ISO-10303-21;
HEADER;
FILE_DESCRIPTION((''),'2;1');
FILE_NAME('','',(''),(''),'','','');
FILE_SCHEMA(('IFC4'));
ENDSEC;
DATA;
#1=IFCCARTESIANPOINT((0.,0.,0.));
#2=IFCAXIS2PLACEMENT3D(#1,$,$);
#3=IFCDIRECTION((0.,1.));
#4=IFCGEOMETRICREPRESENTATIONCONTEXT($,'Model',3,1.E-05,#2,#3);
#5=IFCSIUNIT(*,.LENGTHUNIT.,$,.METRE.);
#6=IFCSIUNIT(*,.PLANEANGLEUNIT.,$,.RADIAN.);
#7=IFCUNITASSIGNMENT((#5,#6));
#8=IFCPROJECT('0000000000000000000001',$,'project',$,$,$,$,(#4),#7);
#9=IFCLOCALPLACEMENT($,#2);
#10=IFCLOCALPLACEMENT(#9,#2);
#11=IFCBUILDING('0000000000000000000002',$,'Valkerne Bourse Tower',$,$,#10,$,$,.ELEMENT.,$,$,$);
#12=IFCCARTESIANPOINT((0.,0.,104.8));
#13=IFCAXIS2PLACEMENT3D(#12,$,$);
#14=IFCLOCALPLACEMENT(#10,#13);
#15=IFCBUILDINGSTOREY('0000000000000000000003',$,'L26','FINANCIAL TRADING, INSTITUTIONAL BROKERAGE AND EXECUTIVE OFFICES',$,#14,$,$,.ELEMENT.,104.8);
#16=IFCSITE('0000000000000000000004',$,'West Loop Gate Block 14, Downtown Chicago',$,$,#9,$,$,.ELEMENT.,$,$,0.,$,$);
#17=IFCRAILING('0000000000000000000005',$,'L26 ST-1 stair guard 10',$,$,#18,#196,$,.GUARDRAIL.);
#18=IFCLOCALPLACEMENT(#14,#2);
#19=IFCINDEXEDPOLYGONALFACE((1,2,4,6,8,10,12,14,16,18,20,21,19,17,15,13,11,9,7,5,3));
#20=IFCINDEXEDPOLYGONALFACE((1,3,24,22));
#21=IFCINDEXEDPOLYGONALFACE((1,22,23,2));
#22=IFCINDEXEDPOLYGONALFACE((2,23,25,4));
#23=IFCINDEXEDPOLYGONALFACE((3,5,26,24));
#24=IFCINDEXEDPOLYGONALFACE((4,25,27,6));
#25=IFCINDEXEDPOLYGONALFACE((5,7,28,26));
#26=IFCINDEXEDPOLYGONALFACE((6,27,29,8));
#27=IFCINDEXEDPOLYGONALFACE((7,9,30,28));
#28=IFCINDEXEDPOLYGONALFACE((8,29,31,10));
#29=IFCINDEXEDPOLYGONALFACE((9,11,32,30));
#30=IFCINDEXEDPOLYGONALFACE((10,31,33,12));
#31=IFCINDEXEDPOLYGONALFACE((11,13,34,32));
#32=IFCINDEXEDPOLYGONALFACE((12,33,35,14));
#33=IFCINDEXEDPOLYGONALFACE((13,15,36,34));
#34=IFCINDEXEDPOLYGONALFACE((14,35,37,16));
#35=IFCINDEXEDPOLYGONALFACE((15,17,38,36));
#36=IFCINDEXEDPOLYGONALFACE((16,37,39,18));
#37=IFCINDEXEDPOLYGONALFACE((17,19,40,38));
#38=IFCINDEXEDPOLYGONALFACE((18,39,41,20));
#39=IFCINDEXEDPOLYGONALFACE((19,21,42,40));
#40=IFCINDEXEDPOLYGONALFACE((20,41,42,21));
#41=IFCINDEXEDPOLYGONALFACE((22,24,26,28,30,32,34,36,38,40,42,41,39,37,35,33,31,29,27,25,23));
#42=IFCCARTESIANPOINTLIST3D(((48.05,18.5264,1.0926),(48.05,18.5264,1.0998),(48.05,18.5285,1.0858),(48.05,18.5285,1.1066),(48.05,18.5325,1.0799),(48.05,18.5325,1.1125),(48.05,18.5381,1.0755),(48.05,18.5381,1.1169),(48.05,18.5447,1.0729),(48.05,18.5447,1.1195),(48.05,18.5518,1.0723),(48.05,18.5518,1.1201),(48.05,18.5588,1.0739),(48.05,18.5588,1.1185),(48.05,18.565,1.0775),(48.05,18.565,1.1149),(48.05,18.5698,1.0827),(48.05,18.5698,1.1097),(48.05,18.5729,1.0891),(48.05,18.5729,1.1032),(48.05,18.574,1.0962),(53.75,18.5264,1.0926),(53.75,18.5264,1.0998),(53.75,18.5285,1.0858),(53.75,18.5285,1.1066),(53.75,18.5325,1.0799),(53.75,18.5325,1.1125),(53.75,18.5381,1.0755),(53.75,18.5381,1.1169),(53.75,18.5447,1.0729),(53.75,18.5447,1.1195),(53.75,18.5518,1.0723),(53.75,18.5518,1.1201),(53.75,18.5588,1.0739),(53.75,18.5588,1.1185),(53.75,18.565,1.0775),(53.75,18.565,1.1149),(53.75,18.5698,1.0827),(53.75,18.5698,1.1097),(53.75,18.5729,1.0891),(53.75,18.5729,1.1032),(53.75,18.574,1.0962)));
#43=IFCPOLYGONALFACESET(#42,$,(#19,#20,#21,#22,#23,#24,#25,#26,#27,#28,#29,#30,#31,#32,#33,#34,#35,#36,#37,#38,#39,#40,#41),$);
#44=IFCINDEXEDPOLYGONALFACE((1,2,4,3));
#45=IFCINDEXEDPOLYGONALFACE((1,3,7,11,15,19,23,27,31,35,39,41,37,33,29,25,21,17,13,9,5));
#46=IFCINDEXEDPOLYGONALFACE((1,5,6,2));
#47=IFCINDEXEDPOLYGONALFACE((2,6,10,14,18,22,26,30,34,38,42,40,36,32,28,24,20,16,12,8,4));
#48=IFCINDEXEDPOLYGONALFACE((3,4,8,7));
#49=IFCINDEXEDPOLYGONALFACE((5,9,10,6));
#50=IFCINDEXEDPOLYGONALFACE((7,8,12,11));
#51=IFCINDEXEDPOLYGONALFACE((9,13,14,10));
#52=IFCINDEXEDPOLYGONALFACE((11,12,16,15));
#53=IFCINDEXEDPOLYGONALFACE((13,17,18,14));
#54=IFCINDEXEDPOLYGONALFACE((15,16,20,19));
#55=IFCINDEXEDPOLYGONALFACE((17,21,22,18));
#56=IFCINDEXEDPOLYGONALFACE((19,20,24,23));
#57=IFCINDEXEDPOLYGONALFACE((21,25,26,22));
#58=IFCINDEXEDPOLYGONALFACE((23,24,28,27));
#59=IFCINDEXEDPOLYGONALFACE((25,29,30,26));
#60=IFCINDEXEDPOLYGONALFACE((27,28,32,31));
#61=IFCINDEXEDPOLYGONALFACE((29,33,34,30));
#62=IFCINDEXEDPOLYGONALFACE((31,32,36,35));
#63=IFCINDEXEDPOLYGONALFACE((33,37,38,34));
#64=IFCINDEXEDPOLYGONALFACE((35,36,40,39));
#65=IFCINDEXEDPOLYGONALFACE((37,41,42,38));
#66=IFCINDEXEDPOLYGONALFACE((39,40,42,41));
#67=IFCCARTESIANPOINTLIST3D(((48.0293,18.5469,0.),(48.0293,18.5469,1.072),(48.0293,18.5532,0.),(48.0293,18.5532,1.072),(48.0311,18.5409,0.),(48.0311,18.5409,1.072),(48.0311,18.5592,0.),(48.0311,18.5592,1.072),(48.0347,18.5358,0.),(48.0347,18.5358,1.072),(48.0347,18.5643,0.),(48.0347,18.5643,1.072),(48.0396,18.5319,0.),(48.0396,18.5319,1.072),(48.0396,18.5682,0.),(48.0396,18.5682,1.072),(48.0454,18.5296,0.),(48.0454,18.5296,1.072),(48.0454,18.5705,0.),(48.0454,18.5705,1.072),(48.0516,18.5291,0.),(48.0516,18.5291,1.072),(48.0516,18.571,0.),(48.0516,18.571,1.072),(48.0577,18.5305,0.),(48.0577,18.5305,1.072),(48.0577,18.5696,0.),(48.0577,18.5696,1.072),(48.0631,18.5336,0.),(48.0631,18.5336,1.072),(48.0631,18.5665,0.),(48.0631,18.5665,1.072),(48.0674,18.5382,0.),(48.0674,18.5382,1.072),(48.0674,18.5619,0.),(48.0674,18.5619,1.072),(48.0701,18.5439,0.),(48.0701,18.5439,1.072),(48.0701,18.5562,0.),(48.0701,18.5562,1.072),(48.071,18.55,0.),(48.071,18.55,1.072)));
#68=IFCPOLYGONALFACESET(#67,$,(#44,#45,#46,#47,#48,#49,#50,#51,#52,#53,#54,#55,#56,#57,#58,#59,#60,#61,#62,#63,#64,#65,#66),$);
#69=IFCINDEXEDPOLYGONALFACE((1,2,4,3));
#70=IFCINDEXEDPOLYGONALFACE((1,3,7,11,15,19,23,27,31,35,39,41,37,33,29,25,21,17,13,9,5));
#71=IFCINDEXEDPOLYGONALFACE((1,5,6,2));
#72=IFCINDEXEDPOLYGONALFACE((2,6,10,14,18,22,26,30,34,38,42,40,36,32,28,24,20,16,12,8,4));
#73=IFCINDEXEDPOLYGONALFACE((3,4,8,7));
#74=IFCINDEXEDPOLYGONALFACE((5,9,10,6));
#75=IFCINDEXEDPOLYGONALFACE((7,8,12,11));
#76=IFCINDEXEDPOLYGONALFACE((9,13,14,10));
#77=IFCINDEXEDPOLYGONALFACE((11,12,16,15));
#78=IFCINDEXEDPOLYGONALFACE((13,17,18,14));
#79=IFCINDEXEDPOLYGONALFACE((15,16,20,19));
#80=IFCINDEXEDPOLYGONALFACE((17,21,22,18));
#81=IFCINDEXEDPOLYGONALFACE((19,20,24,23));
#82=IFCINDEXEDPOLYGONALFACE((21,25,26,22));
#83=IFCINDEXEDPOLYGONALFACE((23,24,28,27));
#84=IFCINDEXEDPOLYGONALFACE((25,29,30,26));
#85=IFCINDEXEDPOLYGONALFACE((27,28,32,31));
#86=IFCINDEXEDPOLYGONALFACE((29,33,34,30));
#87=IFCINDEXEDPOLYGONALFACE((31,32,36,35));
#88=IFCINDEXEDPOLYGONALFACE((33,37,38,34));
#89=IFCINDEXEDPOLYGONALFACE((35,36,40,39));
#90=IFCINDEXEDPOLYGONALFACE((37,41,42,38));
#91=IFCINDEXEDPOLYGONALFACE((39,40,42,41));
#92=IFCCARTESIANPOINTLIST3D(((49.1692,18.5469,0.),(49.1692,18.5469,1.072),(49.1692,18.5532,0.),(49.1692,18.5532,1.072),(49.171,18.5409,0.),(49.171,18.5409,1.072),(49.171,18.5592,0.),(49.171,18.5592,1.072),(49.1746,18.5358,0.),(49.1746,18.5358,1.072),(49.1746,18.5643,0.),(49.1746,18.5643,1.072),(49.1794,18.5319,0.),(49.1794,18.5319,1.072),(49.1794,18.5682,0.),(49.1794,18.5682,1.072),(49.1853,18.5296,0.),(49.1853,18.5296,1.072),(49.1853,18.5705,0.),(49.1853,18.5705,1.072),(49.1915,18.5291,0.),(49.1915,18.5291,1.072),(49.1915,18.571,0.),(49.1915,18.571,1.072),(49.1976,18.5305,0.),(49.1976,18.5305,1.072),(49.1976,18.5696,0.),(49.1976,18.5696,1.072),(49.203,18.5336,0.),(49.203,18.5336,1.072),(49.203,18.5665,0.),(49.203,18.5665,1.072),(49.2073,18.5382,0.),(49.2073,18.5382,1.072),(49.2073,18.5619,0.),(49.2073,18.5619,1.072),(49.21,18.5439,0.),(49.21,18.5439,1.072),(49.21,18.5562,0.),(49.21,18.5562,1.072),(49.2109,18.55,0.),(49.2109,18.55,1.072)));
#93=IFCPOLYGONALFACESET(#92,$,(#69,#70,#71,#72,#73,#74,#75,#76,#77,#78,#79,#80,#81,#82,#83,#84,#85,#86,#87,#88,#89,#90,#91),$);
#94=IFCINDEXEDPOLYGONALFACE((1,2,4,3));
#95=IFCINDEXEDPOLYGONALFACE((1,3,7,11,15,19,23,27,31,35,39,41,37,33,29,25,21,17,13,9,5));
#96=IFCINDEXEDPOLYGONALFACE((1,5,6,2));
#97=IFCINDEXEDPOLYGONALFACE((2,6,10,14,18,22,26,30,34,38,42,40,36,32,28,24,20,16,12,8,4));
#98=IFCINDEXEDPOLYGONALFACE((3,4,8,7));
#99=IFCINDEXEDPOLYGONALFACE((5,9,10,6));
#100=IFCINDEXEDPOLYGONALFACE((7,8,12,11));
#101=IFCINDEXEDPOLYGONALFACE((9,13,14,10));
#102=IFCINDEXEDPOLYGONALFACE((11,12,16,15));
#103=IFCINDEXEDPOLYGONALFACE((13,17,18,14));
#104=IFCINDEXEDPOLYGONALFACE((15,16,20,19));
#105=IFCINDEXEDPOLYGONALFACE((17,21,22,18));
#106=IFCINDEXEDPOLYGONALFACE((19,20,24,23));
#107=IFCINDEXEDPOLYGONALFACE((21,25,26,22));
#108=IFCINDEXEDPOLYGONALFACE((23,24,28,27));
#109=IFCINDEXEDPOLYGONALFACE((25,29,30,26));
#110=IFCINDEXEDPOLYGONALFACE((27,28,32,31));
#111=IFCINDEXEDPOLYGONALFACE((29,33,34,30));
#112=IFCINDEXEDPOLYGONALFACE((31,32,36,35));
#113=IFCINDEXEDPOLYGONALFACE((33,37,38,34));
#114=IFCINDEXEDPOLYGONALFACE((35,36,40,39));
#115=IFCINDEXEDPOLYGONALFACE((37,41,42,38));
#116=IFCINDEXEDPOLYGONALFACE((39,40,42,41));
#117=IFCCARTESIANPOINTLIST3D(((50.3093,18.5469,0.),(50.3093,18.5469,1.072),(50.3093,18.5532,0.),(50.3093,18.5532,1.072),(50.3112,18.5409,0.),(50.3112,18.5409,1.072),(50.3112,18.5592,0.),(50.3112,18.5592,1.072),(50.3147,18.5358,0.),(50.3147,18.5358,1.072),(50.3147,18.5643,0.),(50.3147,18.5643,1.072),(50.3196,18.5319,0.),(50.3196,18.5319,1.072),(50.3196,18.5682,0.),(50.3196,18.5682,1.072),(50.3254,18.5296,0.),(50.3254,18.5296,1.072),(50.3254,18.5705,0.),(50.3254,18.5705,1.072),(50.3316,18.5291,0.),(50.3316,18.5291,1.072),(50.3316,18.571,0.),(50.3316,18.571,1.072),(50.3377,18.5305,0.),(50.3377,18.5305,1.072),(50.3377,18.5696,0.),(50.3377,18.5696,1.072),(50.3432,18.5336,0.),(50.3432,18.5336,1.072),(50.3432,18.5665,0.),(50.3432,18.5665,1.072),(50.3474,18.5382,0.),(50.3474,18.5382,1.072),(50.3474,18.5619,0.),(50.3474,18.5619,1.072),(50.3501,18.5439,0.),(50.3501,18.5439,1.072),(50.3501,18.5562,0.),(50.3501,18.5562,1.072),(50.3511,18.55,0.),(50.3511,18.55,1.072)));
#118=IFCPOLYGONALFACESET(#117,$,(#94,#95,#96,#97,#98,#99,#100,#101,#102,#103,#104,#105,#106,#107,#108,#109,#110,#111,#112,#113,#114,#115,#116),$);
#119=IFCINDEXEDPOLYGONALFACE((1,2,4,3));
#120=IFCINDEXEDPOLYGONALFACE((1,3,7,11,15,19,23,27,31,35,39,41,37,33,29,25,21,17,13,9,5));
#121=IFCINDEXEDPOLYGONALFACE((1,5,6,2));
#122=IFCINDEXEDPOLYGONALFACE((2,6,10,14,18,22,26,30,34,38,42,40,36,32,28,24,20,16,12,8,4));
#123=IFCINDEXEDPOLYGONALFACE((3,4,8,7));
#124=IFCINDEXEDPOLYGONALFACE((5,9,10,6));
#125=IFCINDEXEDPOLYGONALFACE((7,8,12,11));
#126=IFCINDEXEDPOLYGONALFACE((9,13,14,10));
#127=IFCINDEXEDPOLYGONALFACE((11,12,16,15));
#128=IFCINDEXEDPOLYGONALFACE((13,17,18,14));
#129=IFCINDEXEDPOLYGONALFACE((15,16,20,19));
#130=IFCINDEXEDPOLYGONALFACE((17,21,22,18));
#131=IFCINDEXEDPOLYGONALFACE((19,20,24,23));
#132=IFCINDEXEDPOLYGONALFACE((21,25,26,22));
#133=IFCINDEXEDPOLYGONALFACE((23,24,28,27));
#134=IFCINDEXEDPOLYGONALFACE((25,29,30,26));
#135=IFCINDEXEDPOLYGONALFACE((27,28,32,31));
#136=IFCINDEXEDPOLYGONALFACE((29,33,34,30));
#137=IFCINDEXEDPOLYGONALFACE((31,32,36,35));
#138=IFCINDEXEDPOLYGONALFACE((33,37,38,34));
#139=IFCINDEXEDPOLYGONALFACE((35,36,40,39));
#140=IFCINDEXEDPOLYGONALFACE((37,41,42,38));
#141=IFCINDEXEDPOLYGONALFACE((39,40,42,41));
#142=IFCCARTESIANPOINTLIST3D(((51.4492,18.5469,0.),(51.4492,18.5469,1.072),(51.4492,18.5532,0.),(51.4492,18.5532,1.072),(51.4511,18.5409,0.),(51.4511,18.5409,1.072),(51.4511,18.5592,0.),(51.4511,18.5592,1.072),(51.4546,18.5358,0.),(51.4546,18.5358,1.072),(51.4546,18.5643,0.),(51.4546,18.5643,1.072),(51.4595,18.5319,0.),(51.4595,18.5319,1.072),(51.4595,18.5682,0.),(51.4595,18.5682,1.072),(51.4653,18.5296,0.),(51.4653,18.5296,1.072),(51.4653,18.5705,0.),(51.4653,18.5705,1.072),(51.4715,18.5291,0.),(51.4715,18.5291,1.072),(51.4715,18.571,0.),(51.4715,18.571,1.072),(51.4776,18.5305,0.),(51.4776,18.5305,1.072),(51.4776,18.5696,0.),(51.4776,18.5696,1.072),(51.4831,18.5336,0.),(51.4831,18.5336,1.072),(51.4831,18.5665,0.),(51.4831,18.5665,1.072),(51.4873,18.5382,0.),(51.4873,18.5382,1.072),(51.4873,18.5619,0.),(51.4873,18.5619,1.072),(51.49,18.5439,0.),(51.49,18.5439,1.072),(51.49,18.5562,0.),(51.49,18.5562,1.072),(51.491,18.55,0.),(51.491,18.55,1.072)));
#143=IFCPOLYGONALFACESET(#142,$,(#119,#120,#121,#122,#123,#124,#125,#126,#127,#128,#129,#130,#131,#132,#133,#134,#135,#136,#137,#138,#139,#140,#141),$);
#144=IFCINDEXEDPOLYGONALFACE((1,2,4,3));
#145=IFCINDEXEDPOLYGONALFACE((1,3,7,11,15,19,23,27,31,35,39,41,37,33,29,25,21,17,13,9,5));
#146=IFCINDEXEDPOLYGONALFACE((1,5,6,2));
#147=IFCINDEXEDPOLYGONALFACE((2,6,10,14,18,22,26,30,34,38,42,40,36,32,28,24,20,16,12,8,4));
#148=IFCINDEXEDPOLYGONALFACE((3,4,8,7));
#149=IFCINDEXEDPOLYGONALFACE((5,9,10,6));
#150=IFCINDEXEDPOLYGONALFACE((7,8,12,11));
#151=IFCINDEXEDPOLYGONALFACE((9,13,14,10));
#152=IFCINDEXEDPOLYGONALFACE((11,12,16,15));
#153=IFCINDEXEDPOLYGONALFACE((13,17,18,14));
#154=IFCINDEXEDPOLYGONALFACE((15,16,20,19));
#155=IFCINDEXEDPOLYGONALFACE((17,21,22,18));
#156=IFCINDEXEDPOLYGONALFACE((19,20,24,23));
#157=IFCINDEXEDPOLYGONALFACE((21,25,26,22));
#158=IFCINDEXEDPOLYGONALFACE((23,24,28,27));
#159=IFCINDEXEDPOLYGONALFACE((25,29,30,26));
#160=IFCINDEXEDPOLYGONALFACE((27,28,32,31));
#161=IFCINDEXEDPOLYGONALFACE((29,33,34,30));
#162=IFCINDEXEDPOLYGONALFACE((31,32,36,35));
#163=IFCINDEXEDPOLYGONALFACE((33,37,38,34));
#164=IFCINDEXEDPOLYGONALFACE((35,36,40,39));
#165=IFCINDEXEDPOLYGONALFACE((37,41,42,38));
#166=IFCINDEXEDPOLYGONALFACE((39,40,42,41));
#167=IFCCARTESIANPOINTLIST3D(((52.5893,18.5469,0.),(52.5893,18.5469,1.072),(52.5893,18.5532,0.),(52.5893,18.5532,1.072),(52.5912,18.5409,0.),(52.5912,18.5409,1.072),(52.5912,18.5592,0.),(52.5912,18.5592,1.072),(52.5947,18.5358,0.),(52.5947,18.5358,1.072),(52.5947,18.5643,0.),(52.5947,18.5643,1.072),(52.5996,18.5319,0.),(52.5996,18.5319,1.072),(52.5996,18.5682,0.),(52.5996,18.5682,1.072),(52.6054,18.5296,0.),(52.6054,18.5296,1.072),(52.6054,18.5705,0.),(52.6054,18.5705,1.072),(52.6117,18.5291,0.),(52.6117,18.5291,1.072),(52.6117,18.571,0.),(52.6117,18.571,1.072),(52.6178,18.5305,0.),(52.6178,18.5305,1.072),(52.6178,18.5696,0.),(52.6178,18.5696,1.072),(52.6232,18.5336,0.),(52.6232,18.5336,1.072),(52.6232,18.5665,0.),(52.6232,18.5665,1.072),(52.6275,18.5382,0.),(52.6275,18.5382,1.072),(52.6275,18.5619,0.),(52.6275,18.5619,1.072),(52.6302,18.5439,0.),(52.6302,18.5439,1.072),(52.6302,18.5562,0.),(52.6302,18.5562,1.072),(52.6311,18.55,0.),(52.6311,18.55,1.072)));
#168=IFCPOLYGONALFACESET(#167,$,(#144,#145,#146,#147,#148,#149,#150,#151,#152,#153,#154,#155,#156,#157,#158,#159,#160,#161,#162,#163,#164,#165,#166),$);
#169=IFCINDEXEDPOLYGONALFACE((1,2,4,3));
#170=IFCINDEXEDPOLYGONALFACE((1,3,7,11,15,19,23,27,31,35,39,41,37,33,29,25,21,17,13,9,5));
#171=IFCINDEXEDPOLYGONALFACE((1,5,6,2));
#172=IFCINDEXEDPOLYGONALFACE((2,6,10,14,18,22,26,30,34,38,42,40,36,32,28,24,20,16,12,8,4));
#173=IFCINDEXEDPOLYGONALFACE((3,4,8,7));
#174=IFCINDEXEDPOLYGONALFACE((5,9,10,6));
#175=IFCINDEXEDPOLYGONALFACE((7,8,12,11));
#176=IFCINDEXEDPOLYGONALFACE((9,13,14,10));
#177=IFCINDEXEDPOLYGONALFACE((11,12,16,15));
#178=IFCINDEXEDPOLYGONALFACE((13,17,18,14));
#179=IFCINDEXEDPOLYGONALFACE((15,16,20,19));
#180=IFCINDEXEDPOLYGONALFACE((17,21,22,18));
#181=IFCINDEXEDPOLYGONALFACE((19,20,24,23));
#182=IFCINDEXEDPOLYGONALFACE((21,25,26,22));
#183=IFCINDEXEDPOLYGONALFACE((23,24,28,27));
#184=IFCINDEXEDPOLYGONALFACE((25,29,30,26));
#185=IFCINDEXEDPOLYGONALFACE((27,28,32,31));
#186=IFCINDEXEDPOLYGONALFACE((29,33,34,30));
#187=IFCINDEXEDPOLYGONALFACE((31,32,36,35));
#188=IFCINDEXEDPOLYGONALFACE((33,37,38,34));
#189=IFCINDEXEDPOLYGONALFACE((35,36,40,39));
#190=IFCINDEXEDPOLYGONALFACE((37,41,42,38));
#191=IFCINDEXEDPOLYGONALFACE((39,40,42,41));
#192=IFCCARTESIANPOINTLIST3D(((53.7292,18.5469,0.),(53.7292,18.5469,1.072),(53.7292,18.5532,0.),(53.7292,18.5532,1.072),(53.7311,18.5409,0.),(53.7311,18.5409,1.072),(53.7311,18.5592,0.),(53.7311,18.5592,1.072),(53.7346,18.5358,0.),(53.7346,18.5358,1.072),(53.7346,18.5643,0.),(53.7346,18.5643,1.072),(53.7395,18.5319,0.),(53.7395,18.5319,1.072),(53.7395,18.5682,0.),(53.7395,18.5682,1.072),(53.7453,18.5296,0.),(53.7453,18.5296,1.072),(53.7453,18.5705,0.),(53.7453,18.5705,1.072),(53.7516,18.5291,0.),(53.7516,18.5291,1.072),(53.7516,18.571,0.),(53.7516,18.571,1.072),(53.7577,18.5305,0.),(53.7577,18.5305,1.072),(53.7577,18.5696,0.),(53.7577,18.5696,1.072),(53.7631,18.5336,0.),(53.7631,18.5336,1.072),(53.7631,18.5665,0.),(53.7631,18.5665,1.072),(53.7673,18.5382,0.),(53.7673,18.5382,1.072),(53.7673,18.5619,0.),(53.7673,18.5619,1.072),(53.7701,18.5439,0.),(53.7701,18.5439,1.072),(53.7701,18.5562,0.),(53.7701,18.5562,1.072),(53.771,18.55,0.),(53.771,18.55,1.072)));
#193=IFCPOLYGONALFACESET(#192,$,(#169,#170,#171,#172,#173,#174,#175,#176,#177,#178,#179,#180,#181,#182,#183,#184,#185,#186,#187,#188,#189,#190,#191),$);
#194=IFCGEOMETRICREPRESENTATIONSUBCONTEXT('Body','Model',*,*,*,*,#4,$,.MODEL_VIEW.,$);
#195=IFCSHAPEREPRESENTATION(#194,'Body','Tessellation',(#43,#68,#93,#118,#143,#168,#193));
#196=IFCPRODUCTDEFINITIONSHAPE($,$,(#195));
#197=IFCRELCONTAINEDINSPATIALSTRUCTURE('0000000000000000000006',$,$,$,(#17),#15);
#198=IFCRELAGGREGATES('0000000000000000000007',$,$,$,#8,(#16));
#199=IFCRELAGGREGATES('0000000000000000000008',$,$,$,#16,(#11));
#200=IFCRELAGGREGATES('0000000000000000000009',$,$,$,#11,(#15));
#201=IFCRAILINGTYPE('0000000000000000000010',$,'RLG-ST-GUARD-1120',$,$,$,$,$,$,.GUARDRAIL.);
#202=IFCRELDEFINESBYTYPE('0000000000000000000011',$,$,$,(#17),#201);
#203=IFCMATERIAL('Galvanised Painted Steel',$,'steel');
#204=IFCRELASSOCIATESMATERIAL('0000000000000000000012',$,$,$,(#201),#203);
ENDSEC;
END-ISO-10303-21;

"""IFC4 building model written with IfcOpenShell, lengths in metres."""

from ifc_helpers import new_model, si_unit, direction, frame, origin, origin_2d, place, context, subcontext, project, spatial, circle, extrude, material, type_object, element, save


model = new_model("IFC4")

# Units and contexts
model_context = context("Model", 3, precision=1e-05, world=origin(), true_north=direction((0.0, 1.0)))
body_context = subcontext(model_context, "Body", "Model", "MODEL_VIEW")
ifc_project = project(units=[si_unit("LENGTHUNIT", "METRE"), si_unit("PLANEANGLEUNIT", "RADIAN")], contexts=[model_context])

# Site, building, storey
site_placement = place(None, origin())
site = spatial("IfcSite", under=ifc_project, at=site_placement, Name="West Loop Gate Block 14, Downtown Chicago", CompositionType="ELEMENT", RefElevation=0.0)
building_placement = place(site_placement, origin())
building = spatial("IfcBuilding", under=site, at=building_placement, Name="Valkerne Bourse Tower", CompositionType="ELEMENT")
storey_placement = place(building_placement, frame((0.0, 0.0, 104.8)))
storey = spatial("IfcBuildingStorey", under=building, at=storey_placement, Name="L26", Description="FINANCIAL TRADING, INSTITUTIONAL BROKERAGE AND EXECUTIVE OFFICES", CompositionType="ELEMENT", Elevation=104.8)

# Shared definitions
ifc_material_1 = material(Name="Galvanised Painted Steel", Category="steel")

# Railing
railing_type_1 = type_object("IfcRailingType", Name="RLG-ST-GUARD-1120", PredefinedType="GUARDRAIL", material=ifc_material_1)
for number, where, name in (
    (1, (48.05, 18.55, 0.0), "L26 ST-1 stair guard 10"),
):
    element("IfcRailing", number, at=place(storey_placement, frame(where)), inside=storey, type_object=railing_type_1, Name=name, PredefinedType="GUARDRAIL", context=body_context, shape_type="SweptSolid", body=[
        extrude(circle(Radius=0.0239, at=origin_2d()), frame((0.0, 0.0, 1.0962), z_axis=(1.0, 0.0, 0.0), x_axis=(0.0, 1.0, 0.0)), (0.0, 0.0, 1.0), 5.7),
        extrude(circle(Radius=0.021, at=origin_2d()), origin(), (0.0, 0.0, 1.0), 1.072),
        extrude(circle(Radius=0.021, at=origin_2d()), frame((1.1399, 0.0, 0.0)), (0.0, 0.0, 1.0), 1.072),
        extrude(circle(Radius=0.021, at=origin_2d()), frame((2.28, 0.0, 0.0)), (0.0, 0.0, 1.0), 1.072),
        extrude(circle(Radius=0.021, at=origin_2d()), frame((3.4199, 0.0, 0.0)), (0.0, 0.0, 1.0), 1.072),
        extrude(circle(Radius=0.021, at=origin_2d()), frame((4.5601, 0.0, 0.0)), (0.0, 0.0, 1.0), 1.072),
        extrude(circle(Radius=0.021, at=origin_2d()), frame((5.7, 0.0, 0.0)), (0.0, 0.0, 1.0), 1.072),
    ])

save(model, "model.ifc")
